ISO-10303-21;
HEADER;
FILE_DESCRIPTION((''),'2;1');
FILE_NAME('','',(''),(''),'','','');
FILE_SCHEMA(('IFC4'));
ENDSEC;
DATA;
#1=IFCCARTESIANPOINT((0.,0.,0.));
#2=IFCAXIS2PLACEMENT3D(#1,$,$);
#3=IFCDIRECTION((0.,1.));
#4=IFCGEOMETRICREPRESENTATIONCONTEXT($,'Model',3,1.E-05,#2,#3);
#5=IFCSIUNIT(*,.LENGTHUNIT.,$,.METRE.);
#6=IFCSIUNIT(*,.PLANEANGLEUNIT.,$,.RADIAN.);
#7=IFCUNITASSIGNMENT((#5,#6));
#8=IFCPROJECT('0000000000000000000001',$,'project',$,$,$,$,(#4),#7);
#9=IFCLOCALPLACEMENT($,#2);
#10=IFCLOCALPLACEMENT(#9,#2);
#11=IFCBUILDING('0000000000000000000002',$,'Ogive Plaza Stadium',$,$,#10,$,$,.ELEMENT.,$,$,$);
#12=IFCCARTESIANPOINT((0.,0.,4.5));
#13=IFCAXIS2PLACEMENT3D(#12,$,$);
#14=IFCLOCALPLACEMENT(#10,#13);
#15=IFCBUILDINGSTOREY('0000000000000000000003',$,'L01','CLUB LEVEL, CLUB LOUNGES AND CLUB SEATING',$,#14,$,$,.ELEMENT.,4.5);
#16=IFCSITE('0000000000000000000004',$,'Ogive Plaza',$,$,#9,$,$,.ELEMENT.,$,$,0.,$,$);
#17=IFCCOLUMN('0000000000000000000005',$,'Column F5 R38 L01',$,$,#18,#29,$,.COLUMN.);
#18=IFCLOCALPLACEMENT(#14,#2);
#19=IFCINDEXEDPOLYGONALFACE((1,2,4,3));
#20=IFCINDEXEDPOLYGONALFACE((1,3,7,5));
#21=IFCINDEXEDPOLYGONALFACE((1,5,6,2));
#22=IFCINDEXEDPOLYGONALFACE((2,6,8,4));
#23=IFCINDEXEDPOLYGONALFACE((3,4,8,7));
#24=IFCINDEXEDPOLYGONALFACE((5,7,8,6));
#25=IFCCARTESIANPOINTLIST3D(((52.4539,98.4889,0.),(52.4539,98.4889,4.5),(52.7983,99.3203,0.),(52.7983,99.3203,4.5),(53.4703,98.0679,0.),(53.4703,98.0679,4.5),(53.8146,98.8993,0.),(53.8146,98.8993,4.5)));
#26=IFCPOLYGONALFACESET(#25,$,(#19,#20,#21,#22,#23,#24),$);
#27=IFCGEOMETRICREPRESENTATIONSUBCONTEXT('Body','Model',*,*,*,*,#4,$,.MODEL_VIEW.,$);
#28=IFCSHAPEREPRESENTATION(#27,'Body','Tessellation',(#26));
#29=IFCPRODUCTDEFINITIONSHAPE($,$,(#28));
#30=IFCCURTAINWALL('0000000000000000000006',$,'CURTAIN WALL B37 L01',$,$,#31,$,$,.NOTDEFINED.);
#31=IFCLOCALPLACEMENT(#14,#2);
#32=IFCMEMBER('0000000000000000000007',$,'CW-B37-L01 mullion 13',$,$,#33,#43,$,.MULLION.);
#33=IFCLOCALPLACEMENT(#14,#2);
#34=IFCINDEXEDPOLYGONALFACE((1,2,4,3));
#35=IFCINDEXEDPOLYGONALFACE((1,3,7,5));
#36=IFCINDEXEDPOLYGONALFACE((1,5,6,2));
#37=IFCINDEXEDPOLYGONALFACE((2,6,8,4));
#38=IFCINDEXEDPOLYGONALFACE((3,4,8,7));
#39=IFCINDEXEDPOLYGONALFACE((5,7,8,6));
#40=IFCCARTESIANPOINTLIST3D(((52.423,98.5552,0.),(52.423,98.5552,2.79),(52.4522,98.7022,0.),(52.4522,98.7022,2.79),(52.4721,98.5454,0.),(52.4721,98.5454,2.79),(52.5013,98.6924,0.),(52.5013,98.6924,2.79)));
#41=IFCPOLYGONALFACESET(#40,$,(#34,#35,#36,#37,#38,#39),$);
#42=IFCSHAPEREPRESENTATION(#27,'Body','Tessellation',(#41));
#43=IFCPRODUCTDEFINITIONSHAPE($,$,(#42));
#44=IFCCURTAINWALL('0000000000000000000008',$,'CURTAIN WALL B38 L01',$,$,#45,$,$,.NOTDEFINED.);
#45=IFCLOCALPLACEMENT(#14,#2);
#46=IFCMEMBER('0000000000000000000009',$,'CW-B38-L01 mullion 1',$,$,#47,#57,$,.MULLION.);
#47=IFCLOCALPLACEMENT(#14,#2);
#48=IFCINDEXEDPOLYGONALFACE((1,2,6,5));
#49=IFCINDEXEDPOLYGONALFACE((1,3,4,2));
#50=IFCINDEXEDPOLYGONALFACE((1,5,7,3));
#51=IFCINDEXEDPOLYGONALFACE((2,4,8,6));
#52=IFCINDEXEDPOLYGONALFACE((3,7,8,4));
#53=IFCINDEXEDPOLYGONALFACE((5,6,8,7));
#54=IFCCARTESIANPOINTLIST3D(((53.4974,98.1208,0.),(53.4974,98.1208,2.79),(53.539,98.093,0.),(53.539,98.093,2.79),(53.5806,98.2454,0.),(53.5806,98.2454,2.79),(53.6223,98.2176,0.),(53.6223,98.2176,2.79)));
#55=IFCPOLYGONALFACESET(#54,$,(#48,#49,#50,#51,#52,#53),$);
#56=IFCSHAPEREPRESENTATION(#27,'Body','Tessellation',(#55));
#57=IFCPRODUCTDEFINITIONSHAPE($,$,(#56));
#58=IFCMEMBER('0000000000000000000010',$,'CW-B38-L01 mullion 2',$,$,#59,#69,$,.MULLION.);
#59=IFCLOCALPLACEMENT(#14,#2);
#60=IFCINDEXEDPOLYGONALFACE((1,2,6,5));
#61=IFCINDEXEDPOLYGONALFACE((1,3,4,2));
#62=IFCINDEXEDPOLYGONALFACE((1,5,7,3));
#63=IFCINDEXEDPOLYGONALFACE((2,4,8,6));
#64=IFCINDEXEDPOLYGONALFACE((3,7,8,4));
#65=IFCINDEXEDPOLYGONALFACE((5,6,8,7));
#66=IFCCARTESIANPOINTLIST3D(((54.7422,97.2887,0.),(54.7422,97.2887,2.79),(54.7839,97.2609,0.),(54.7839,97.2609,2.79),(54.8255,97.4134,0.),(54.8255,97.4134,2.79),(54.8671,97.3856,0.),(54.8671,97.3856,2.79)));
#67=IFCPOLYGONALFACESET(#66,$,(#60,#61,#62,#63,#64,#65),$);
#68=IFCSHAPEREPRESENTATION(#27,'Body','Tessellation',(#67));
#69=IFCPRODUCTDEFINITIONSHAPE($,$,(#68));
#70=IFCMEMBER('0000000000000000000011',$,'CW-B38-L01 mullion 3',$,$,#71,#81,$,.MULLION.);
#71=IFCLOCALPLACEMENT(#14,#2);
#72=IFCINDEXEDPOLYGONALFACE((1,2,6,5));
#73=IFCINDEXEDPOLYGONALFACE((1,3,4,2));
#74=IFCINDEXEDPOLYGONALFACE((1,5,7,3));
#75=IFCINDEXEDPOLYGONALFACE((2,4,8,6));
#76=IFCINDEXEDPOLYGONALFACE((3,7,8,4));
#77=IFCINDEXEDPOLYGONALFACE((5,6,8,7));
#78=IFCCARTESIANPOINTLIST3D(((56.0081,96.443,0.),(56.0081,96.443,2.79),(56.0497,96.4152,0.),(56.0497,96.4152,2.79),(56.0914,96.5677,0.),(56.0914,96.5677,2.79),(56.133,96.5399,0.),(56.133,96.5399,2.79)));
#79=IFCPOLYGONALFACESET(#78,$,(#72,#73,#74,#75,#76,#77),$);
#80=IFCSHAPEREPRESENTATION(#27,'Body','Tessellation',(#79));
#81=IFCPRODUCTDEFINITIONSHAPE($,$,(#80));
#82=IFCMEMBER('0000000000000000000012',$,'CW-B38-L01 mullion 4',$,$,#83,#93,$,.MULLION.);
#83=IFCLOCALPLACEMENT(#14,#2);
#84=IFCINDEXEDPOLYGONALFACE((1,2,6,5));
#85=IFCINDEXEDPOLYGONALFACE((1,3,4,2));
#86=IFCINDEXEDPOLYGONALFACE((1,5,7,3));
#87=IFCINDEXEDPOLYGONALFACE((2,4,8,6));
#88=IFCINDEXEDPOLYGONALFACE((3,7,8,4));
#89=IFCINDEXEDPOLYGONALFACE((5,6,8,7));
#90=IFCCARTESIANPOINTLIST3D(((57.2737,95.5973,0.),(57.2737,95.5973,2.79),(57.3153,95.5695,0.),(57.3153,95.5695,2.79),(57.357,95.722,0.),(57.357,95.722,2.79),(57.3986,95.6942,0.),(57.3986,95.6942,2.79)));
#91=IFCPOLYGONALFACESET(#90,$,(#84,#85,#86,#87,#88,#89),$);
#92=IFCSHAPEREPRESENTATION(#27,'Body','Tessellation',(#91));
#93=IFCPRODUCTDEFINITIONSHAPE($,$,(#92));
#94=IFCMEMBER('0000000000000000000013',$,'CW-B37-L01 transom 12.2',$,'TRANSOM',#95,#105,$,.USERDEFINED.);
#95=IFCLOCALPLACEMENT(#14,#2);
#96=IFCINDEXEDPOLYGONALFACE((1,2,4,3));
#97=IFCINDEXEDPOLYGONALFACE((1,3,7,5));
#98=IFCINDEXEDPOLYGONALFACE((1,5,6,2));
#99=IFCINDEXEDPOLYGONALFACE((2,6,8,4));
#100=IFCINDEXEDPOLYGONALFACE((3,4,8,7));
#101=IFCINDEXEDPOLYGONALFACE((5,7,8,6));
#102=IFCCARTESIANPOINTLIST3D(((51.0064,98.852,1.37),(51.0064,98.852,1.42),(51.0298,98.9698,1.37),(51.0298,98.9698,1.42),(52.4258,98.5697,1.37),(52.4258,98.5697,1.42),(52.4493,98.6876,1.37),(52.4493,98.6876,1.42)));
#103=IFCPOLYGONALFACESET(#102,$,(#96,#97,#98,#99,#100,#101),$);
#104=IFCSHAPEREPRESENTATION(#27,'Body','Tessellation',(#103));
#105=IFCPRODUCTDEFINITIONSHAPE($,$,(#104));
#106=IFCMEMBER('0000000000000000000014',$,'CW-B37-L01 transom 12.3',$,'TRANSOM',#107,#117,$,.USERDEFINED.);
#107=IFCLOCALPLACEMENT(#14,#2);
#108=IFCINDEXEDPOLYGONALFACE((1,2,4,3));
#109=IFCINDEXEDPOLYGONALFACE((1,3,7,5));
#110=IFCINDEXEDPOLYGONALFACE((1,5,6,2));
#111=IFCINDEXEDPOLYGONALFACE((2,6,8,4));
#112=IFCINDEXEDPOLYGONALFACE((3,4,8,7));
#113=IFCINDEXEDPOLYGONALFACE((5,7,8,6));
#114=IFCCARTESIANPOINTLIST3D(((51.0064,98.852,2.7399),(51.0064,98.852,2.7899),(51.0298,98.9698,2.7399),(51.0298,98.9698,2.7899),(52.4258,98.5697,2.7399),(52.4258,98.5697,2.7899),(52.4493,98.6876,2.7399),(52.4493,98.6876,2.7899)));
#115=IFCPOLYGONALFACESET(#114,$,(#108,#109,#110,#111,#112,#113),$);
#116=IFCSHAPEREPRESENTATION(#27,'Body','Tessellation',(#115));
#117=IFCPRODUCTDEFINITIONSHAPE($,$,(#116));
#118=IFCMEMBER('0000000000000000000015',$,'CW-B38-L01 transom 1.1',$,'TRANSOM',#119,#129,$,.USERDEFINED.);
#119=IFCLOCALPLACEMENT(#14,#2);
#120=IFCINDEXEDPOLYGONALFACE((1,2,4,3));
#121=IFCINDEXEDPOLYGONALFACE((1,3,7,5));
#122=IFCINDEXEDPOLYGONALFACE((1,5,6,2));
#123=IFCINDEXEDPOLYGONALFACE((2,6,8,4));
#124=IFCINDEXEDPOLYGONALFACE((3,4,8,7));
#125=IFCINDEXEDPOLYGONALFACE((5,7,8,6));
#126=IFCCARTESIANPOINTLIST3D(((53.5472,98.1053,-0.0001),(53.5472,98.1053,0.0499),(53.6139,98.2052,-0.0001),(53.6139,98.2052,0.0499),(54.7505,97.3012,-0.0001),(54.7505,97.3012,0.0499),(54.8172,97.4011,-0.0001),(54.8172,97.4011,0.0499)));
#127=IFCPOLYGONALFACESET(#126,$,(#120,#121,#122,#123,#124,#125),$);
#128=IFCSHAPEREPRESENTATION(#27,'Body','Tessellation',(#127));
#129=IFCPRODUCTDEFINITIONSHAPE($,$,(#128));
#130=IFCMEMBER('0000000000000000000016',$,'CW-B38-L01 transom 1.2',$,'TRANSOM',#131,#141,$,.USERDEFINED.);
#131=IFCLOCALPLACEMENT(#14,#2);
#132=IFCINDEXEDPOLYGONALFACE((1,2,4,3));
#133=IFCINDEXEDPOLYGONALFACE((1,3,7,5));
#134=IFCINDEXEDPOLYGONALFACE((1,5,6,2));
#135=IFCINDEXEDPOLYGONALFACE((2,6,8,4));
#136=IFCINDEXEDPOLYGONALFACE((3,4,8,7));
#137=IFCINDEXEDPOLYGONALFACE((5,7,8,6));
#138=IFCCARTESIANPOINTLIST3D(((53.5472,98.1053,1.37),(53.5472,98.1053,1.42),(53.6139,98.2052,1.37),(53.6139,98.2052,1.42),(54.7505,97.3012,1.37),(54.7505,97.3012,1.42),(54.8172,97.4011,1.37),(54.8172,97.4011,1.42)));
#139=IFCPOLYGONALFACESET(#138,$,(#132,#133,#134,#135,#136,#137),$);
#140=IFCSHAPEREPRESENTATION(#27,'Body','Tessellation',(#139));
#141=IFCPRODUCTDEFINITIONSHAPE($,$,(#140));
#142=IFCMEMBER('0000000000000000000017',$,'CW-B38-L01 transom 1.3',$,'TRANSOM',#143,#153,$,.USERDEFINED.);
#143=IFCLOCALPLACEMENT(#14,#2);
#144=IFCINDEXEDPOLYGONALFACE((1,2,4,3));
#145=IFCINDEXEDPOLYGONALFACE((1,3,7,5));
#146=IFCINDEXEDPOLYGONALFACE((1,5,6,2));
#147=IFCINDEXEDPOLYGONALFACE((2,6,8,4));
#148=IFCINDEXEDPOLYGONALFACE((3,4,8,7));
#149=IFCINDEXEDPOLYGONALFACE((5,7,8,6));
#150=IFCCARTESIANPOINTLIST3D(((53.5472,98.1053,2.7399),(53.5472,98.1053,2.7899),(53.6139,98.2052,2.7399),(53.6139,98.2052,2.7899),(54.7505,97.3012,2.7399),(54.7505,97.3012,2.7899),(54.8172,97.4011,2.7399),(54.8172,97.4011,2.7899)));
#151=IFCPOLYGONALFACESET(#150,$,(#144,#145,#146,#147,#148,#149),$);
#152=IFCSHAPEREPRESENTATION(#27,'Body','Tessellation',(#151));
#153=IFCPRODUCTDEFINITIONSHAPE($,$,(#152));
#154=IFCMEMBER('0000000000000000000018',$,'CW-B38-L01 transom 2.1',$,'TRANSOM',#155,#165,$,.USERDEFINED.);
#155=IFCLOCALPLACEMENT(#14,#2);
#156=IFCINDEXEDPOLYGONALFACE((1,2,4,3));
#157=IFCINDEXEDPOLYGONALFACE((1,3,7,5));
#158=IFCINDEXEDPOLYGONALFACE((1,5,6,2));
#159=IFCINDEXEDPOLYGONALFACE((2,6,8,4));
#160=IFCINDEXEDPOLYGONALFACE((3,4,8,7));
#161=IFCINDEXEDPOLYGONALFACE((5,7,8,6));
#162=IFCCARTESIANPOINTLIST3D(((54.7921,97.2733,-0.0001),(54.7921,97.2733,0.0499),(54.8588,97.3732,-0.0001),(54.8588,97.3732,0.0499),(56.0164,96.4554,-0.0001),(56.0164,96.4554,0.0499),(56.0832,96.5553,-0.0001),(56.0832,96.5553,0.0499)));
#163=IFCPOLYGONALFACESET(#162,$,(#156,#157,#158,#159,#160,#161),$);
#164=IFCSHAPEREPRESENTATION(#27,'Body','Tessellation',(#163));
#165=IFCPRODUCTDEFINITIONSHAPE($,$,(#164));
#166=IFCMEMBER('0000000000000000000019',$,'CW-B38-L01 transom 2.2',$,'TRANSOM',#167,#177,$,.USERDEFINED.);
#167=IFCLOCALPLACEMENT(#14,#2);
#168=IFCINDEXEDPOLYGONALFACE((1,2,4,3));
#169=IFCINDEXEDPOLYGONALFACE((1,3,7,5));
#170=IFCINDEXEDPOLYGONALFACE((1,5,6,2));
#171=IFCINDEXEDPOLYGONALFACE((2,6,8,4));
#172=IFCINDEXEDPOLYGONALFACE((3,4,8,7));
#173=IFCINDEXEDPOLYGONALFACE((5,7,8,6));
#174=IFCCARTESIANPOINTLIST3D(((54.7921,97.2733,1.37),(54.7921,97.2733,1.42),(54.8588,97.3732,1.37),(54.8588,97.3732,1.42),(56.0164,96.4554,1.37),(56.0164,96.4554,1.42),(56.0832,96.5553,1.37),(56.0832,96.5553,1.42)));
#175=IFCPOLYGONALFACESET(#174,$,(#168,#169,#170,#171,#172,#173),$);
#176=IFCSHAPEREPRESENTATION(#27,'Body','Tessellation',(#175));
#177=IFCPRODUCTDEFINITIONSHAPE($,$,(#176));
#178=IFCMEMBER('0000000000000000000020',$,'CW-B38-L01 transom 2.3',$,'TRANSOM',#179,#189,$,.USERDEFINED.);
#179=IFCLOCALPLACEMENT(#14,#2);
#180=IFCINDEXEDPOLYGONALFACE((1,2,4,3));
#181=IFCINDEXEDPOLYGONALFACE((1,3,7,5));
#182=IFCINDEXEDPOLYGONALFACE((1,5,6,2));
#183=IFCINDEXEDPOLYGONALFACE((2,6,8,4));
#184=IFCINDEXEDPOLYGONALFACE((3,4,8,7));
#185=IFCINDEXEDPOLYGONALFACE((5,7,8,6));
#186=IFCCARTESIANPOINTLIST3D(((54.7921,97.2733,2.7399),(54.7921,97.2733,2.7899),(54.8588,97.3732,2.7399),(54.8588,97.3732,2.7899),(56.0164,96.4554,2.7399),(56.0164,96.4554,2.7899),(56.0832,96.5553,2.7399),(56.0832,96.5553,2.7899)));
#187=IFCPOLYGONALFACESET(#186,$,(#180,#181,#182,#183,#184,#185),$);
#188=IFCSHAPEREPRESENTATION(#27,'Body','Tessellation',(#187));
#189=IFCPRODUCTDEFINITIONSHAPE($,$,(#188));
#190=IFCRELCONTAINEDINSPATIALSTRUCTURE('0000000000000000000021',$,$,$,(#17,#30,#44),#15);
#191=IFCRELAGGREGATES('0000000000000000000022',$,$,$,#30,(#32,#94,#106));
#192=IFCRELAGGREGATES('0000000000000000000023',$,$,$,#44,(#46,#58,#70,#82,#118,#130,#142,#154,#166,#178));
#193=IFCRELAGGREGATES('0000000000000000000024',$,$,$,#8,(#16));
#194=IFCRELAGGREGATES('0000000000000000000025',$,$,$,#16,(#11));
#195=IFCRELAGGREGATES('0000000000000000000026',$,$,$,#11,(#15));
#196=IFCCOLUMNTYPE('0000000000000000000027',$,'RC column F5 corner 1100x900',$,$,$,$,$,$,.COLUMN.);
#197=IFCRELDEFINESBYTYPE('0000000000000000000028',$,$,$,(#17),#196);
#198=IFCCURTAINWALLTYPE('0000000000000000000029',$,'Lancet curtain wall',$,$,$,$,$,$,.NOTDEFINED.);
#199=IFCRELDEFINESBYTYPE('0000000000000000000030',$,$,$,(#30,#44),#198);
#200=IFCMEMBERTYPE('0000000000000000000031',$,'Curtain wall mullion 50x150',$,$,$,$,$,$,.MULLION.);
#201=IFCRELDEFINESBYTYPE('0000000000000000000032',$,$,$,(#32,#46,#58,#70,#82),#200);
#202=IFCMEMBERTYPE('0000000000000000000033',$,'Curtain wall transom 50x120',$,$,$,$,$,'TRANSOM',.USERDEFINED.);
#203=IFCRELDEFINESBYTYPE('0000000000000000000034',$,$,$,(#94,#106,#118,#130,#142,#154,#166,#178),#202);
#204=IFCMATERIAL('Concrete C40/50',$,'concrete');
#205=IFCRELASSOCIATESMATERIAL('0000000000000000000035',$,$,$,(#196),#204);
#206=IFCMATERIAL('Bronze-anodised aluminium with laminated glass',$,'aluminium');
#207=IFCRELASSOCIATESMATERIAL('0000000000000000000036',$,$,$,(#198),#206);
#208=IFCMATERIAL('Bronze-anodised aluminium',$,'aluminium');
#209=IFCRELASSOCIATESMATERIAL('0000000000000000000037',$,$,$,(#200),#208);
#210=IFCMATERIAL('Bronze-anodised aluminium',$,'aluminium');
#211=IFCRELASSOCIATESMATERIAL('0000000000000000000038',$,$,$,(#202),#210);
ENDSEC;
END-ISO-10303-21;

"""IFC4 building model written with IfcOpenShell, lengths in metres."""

from ifc_helpers import new_model, si_unit, direction, frame, origin, origin_2d, place, context, subcontext, project, spatial, rectangle, extrude, material, material_profile, profile_set, type_object, element, aggregate, save


model = new_model("IFC4")

# Units and contexts
model_context = context("Model", 3, precision=1e-05, world=origin(), true_north=direction((0.0, 1.0)))
body_context = subcontext(model_context, "Body", "Model", "MODEL_VIEW")
ifc_project = project(units=[si_unit("LENGTHUNIT", "METRE"), si_unit("PLANEANGLEUNIT", "RADIAN")], contexts=[model_context])

# Site, building, storey
site_placement = place(None, origin())
site = spatial("IfcSite", under=ifc_project, at=site_placement, Name="Ogive Plaza", CompositionType="ELEMENT", RefElevation=0.0)
building_placement = place(site_placement, origin())
building = spatial("IfcBuilding", under=site, at=building_placement, Name="Ogive Plaza Stadium", CompositionType="ELEMENT")
storey_placement = place(building_placement, frame((0.0, 0.0, 4.5)))
storey = spatial("IfcBuildingStorey", under=building, at=storey_placement, Name="L01", Description="CLUB LEVEL, CLUB LOUNGES AND CLUB SEATING", CompositionType="ELEMENT", Elevation=4.5)

# Column
ifc_material_1 = material(Name="Concrete C40/50", Category="concrete")
ifc_material_profile_1 = material_profile(ifc_material_1, rectangle(XDim=1.1001, YDim=0.8999, at=origin_2d()), Name="RC 1100x900")
ifc_profile_set_1 = profile_set([ifc_material_profile_1], Name="Concrete C40/50")
column_type = type_object("IfcColumnType", Name="RC column F5 corner 1100x900", PredefinedType="COLUMN", material=ifc_profile_set_1)
column_placement = place(storey_placement, frame((53.1343, 98.6941, 0.0), z_axis=(0.0, 0.0, 1.0), x_axis=(-0.92388, 0.382683, 0.0)))
element("IfcColumn", 1, at=column_placement, inside=storey, type_object=column_type, Name="Column F5 R38 L01", PredefinedType="COLUMN", context=body_context, shape_type="SweptSolid", body=[
    extrude(rectangle(XDim=1.1001, YDim=0.8999, at=origin_2d()), origin(), (0.0, 0.0, 1.0), 4.5),
])

# Curtain wall, member
ifc_material_2 = material(Name="Bronze-anodised aluminium with laminated glass", Category="aluminium")
curtain_wall_type = type_object("IfcCurtainWallType", Name="Lancet curtain wall", PredefinedType="NOTDEFINED", material=ifc_material_2)
curtain_wall_1_placement = place(storey_placement, origin())
curtain_wall_1 = element("IfcCurtainWall", 2, at=curtain_wall_1_placement, inside=storey, type_object=curtain_wall_type, Name="CURTAIN WALL B37 L01", PredefinedType="NOTDEFINED")
ifc_material_3 = material(Name="Bronze-anodised aluminium", Category="aluminium")
ifc_material_profile_2 = material_profile(ifc_material_3, rectangle(XDim=0.1499, YDim=0.05, at=origin_2d()), Name="AL 150x50")
ifc_profile_set_2 = profile_set([ifc_material_profile_2], Name="Bronze-anodised aluminium")
member_type_1 = type_object("IfcMemberType", Name="Curtain wall mullion 50x150", PredefinedType="MULLION", material=ifc_profile_set_2)
member_1_placement = place(storey_placement, frame((52.4622, 98.6238, 0.0), z_axis=(0.0, 0.0, 1.0), x_axis=(0.19509, 0.980785, 0.0)))
member_1 = element("IfcMember", 3, at=member_1_placement, type_object=member_type_1, Name="CW-B37-L01 mullion 13", PredefinedType="MULLION", context=body_context, shape_type="SweptSolid", body=[
    extrude(rectangle(XDim=0.1499, YDim=0.05, at=origin_2d()), origin(), (0.0, 0.0, 1.0), 2.79),
])

# Curtain wall, members
curtain_wall_2_placement = place(storey_placement, origin())
curtain_wall_2 = element("IfcCurtainWall", 4, at=curtain_wall_2_placement, inside=storey, type_object=curtain_wall_type, Name="CURTAIN WALL B38 L01", PredefinedType="NOTDEFINED")
member_2_placement = place(storey_placement, frame((53.5598, 98.1692, 0.0), z_axis=(0.0, 0.0, 1.0), x_axis=(0.55557, 0.83147, 0.0)))
member_2 = element("IfcMember", 5, at=member_2_placement, type_object=member_type_1, Name="CW-B38-L01 mullion 1", PredefinedType="MULLION", context=body_context, shape_type="SweptSolid", body=[
    extrude(rectangle(XDim=0.1499, YDim=0.05, at=origin_2d()), origin(), (0.0, 0.0, 1.0), 2.79),
])
member_3_placement = place(storey_placement, frame((54.8047, 97.3372, 0.0), z_axis=(0.0, 0.0, 1.0), x_axis=(0.55557, 0.83147, 0.0)))
member_3 = element("IfcMember", 6, at=member_3_placement, type_object=member_type_1, Name="CW-B38-L01 mullion 2", PredefinedType="MULLION", context=body_context, shape_type="SweptSolid", body=[
    extrude(rectangle(XDim=0.1499, YDim=0.05, at=origin_2d()), origin(), (0.0, 0.0, 1.0), 2.79),
])
member_4_placement = place(storey_placement, frame((56.0706, 96.4915, 0.0), z_axis=(0.0, 0.0, 1.0), x_axis=(0.55557, 0.83147, 0.0)))
member_4 = element("IfcMember", 7, at=member_4_placement, type_object=member_type_1, Name="CW-B38-L01 mullion 3", PredefinedType="MULLION", context=body_context, shape_type="SweptSolid", body=[
    extrude(rectangle(XDim=0.1499, YDim=0.05, at=origin_2d()), origin(), (0.0, 0.0, 1.0), 2.79),
])
member_5_placement = place(storey_placement, frame((57.3362, 95.6458, 0.0), z_axis=(0.0, 0.0, 1.0), x_axis=(0.55557, 0.83147, 0.0)))
member_5 = element("IfcMember", 8, at=member_5_placement, type_object=member_type_1, Name="CW-B38-L01 mullion 4", PredefinedType="MULLION", context=body_context, shape_type="SweptSolid", body=[
    extrude(rectangle(XDim=0.1499, YDim=0.05, at=origin_2d()), origin(), (0.0, 0.0, 1.0), 2.79),
])

# Members
ifc_material_4 = material(Name="Bronze-anodised aluminium", Category="aluminium")
ifc_material_profile_3 = material_profile(ifc_material_4, rectangle(XDim=0.1201, YDim=0.05, at=origin_2d()), Name="AL 120x50")
ifc_profile_set_3 = profile_set([ifc_material_profile_3], Name="Bronze-anodised aluminium")
member_type_2 = type_object("IfcMemberType", Name="Curtain wall transom 50x120", ElementType="TRANSOM", PredefinedType="USERDEFINED", material=ifc_profile_set_3)
member_6_placement = place(storey_placement, frame((51.0181, 98.9109, 1.395), z_axis=(0.980801, -0.195013, 0.0), x_axis=(0.195013, 0.980801, 0.0)))
member_6 = element("IfcMember", 9, at=member_6_placement, type_object=member_type_2, Name="CW-B37-L01 transom 12.2", ObjectType="TRANSOM", PredefinedType="USERDEFINED", context=body_context, shape_type="SweptSolid", body=[
    extrude(rectangle(XDim=0.1201, YDim=0.05, at=origin_2d()), origin(), (0.0, 0.0, 1.0), 1.4473),
])
member_7_placement = place(storey_placement, frame((51.0181, 98.9109, 2.7649), z_axis=(0.980801, -0.195013, 0.0), x_axis=(0.195013, 0.980801, 0.0)))
member_7 = element("IfcMember", 10, at=member_7_placement, type_object=member_type_2, Name="CW-B37-L01 transom 12.3", ObjectType="TRANSOM", PredefinedType="USERDEFINED", context=body_context, shape_type="SweptSolid", body=[
    extrude(rectangle(XDim=0.1201, YDim=0.05, at=origin_2d()), origin(), (0.0, 0.0, 1.0), 1.4473),
])
member_8_placement = place(storey_placement, frame((53.5806, 98.1553, 0.0249), z_axis=(0.831427, -0.555634, 0.0), x_axis=(0.555634, 0.831427, 0.0)))
member_8 = element("IfcMember", 11, at=member_8_placement, type_object=member_type_2, Name="CW-B38-L01 transom 1.1", ObjectType="TRANSOM", PredefinedType="USERDEFINED", context=body_context, shape_type="SweptSolid", body=[
    extrude(rectangle(XDim=0.1201, YDim=0.05, at=origin_2d()), origin(), (0.0, 0.0, 1.0), 1.4473),
])
member_9_placement = place(storey_placement, frame((53.5806, 98.1553, 1.395), z_axis=(0.831427, -0.555634, 0.0), x_axis=(0.555634, 0.831427, 0.0)))
member_9 = element("IfcMember", 12, at=member_9_placement, type_object=member_type_2, Name="CW-B38-L01 transom 1.2", ObjectType="TRANSOM", PredefinedType="USERDEFINED", context=body_context, shape_type="SweptSolid", body=[
    extrude(rectangle(XDim=0.1201, YDim=0.05, at=origin_2d()), origin(), (0.0, 0.0, 1.0), 1.4473),
])
member_10_placement = place(storey_placement, frame((53.5806, 98.1553, 2.7649), z_axis=(0.831427, -0.555634, 0.0), x_axis=(0.555634, 0.831427, 0.0)))
member_10 = element("IfcMember", 13, at=member_10_placement, type_object=member_type_2, Name="CW-B38-L01 transom 1.3", ObjectType="TRANSOM", PredefinedType="USERDEFINED", context=body_context, shape_type="SweptSolid", body=[
    extrude(rectangle(XDim=0.1201, YDim=0.05, at=origin_2d()), origin(), (0.0, 0.0, 1.0), 1.4473),
])
member_11_placement = place(storey_placement, frame((54.8254, 97.3232, 0.0249), z_axis=(0.83154, -0.555465, 0.0), x_axis=(0.555465, 0.83154, 0.0)))
member_11 = element("IfcMember", 14, at=member_11_placement, type_object=member_type_2, Name="CW-B38-L01 transom 2.1", ObjectType="TRANSOM", PredefinedType="USERDEFINED", context=body_context, shape_type="SweptSolid", body=[
    extrude(rectangle(XDim=0.1201, YDim=0.05, at=origin_2d()), origin(), (0.0, 0.0, 1.0), 1.4724),
])
member_12_placement = place(storey_placement, frame((54.8254, 97.3232, 1.395), z_axis=(0.83154, -0.555465, 0.0), x_axis=(0.555465, 0.83154, 0.0)))
member_12 = element("IfcMember", 15, at=member_12_placement, type_object=member_type_2, Name="CW-B38-L01 transom 2.2", ObjectType="TRANSOM", PredefinedType="USERDEFINED", context=body_context, shape_type="SweptSolid", body=[
    extrude(rectangle(XDim=0.1201, YDim=0.05, at=origin_2d()), origin(), (0.0, 0.0, 1.0), 1.4724),
])
member_13_placement = place(storey_placement, frame((54.8254, 97.3232, 2.7649), z_axis=(0.83154, -0.555465, 0.0), x_axis=(0.555465, 0.83154, 0.0)))
member_13 = element("IfcMember", 16, at=member_13_placement, type_object=member_type_2, Name="CW-B38-L01 transom 2.3", ObjectType="TRANSOM", PredefinedType="USERDEFINED", context=body_context, shape_type="SweptSolid", body=[
    extrude(rectangle(XDim=0.1201, YDim=0.05, at=origin_2d()), origin(), (0.0, 0.0, 1.0), 1.4724),
])

aggregate(curtain_wall_1, [member_1, member_6, member_7])
aggregate(curtain_wall_2, [member_2, member_3, member_4, member_5, member_8, member_9, member_10, member_11, member_12, member_13])

save(model, "model.ifc")
